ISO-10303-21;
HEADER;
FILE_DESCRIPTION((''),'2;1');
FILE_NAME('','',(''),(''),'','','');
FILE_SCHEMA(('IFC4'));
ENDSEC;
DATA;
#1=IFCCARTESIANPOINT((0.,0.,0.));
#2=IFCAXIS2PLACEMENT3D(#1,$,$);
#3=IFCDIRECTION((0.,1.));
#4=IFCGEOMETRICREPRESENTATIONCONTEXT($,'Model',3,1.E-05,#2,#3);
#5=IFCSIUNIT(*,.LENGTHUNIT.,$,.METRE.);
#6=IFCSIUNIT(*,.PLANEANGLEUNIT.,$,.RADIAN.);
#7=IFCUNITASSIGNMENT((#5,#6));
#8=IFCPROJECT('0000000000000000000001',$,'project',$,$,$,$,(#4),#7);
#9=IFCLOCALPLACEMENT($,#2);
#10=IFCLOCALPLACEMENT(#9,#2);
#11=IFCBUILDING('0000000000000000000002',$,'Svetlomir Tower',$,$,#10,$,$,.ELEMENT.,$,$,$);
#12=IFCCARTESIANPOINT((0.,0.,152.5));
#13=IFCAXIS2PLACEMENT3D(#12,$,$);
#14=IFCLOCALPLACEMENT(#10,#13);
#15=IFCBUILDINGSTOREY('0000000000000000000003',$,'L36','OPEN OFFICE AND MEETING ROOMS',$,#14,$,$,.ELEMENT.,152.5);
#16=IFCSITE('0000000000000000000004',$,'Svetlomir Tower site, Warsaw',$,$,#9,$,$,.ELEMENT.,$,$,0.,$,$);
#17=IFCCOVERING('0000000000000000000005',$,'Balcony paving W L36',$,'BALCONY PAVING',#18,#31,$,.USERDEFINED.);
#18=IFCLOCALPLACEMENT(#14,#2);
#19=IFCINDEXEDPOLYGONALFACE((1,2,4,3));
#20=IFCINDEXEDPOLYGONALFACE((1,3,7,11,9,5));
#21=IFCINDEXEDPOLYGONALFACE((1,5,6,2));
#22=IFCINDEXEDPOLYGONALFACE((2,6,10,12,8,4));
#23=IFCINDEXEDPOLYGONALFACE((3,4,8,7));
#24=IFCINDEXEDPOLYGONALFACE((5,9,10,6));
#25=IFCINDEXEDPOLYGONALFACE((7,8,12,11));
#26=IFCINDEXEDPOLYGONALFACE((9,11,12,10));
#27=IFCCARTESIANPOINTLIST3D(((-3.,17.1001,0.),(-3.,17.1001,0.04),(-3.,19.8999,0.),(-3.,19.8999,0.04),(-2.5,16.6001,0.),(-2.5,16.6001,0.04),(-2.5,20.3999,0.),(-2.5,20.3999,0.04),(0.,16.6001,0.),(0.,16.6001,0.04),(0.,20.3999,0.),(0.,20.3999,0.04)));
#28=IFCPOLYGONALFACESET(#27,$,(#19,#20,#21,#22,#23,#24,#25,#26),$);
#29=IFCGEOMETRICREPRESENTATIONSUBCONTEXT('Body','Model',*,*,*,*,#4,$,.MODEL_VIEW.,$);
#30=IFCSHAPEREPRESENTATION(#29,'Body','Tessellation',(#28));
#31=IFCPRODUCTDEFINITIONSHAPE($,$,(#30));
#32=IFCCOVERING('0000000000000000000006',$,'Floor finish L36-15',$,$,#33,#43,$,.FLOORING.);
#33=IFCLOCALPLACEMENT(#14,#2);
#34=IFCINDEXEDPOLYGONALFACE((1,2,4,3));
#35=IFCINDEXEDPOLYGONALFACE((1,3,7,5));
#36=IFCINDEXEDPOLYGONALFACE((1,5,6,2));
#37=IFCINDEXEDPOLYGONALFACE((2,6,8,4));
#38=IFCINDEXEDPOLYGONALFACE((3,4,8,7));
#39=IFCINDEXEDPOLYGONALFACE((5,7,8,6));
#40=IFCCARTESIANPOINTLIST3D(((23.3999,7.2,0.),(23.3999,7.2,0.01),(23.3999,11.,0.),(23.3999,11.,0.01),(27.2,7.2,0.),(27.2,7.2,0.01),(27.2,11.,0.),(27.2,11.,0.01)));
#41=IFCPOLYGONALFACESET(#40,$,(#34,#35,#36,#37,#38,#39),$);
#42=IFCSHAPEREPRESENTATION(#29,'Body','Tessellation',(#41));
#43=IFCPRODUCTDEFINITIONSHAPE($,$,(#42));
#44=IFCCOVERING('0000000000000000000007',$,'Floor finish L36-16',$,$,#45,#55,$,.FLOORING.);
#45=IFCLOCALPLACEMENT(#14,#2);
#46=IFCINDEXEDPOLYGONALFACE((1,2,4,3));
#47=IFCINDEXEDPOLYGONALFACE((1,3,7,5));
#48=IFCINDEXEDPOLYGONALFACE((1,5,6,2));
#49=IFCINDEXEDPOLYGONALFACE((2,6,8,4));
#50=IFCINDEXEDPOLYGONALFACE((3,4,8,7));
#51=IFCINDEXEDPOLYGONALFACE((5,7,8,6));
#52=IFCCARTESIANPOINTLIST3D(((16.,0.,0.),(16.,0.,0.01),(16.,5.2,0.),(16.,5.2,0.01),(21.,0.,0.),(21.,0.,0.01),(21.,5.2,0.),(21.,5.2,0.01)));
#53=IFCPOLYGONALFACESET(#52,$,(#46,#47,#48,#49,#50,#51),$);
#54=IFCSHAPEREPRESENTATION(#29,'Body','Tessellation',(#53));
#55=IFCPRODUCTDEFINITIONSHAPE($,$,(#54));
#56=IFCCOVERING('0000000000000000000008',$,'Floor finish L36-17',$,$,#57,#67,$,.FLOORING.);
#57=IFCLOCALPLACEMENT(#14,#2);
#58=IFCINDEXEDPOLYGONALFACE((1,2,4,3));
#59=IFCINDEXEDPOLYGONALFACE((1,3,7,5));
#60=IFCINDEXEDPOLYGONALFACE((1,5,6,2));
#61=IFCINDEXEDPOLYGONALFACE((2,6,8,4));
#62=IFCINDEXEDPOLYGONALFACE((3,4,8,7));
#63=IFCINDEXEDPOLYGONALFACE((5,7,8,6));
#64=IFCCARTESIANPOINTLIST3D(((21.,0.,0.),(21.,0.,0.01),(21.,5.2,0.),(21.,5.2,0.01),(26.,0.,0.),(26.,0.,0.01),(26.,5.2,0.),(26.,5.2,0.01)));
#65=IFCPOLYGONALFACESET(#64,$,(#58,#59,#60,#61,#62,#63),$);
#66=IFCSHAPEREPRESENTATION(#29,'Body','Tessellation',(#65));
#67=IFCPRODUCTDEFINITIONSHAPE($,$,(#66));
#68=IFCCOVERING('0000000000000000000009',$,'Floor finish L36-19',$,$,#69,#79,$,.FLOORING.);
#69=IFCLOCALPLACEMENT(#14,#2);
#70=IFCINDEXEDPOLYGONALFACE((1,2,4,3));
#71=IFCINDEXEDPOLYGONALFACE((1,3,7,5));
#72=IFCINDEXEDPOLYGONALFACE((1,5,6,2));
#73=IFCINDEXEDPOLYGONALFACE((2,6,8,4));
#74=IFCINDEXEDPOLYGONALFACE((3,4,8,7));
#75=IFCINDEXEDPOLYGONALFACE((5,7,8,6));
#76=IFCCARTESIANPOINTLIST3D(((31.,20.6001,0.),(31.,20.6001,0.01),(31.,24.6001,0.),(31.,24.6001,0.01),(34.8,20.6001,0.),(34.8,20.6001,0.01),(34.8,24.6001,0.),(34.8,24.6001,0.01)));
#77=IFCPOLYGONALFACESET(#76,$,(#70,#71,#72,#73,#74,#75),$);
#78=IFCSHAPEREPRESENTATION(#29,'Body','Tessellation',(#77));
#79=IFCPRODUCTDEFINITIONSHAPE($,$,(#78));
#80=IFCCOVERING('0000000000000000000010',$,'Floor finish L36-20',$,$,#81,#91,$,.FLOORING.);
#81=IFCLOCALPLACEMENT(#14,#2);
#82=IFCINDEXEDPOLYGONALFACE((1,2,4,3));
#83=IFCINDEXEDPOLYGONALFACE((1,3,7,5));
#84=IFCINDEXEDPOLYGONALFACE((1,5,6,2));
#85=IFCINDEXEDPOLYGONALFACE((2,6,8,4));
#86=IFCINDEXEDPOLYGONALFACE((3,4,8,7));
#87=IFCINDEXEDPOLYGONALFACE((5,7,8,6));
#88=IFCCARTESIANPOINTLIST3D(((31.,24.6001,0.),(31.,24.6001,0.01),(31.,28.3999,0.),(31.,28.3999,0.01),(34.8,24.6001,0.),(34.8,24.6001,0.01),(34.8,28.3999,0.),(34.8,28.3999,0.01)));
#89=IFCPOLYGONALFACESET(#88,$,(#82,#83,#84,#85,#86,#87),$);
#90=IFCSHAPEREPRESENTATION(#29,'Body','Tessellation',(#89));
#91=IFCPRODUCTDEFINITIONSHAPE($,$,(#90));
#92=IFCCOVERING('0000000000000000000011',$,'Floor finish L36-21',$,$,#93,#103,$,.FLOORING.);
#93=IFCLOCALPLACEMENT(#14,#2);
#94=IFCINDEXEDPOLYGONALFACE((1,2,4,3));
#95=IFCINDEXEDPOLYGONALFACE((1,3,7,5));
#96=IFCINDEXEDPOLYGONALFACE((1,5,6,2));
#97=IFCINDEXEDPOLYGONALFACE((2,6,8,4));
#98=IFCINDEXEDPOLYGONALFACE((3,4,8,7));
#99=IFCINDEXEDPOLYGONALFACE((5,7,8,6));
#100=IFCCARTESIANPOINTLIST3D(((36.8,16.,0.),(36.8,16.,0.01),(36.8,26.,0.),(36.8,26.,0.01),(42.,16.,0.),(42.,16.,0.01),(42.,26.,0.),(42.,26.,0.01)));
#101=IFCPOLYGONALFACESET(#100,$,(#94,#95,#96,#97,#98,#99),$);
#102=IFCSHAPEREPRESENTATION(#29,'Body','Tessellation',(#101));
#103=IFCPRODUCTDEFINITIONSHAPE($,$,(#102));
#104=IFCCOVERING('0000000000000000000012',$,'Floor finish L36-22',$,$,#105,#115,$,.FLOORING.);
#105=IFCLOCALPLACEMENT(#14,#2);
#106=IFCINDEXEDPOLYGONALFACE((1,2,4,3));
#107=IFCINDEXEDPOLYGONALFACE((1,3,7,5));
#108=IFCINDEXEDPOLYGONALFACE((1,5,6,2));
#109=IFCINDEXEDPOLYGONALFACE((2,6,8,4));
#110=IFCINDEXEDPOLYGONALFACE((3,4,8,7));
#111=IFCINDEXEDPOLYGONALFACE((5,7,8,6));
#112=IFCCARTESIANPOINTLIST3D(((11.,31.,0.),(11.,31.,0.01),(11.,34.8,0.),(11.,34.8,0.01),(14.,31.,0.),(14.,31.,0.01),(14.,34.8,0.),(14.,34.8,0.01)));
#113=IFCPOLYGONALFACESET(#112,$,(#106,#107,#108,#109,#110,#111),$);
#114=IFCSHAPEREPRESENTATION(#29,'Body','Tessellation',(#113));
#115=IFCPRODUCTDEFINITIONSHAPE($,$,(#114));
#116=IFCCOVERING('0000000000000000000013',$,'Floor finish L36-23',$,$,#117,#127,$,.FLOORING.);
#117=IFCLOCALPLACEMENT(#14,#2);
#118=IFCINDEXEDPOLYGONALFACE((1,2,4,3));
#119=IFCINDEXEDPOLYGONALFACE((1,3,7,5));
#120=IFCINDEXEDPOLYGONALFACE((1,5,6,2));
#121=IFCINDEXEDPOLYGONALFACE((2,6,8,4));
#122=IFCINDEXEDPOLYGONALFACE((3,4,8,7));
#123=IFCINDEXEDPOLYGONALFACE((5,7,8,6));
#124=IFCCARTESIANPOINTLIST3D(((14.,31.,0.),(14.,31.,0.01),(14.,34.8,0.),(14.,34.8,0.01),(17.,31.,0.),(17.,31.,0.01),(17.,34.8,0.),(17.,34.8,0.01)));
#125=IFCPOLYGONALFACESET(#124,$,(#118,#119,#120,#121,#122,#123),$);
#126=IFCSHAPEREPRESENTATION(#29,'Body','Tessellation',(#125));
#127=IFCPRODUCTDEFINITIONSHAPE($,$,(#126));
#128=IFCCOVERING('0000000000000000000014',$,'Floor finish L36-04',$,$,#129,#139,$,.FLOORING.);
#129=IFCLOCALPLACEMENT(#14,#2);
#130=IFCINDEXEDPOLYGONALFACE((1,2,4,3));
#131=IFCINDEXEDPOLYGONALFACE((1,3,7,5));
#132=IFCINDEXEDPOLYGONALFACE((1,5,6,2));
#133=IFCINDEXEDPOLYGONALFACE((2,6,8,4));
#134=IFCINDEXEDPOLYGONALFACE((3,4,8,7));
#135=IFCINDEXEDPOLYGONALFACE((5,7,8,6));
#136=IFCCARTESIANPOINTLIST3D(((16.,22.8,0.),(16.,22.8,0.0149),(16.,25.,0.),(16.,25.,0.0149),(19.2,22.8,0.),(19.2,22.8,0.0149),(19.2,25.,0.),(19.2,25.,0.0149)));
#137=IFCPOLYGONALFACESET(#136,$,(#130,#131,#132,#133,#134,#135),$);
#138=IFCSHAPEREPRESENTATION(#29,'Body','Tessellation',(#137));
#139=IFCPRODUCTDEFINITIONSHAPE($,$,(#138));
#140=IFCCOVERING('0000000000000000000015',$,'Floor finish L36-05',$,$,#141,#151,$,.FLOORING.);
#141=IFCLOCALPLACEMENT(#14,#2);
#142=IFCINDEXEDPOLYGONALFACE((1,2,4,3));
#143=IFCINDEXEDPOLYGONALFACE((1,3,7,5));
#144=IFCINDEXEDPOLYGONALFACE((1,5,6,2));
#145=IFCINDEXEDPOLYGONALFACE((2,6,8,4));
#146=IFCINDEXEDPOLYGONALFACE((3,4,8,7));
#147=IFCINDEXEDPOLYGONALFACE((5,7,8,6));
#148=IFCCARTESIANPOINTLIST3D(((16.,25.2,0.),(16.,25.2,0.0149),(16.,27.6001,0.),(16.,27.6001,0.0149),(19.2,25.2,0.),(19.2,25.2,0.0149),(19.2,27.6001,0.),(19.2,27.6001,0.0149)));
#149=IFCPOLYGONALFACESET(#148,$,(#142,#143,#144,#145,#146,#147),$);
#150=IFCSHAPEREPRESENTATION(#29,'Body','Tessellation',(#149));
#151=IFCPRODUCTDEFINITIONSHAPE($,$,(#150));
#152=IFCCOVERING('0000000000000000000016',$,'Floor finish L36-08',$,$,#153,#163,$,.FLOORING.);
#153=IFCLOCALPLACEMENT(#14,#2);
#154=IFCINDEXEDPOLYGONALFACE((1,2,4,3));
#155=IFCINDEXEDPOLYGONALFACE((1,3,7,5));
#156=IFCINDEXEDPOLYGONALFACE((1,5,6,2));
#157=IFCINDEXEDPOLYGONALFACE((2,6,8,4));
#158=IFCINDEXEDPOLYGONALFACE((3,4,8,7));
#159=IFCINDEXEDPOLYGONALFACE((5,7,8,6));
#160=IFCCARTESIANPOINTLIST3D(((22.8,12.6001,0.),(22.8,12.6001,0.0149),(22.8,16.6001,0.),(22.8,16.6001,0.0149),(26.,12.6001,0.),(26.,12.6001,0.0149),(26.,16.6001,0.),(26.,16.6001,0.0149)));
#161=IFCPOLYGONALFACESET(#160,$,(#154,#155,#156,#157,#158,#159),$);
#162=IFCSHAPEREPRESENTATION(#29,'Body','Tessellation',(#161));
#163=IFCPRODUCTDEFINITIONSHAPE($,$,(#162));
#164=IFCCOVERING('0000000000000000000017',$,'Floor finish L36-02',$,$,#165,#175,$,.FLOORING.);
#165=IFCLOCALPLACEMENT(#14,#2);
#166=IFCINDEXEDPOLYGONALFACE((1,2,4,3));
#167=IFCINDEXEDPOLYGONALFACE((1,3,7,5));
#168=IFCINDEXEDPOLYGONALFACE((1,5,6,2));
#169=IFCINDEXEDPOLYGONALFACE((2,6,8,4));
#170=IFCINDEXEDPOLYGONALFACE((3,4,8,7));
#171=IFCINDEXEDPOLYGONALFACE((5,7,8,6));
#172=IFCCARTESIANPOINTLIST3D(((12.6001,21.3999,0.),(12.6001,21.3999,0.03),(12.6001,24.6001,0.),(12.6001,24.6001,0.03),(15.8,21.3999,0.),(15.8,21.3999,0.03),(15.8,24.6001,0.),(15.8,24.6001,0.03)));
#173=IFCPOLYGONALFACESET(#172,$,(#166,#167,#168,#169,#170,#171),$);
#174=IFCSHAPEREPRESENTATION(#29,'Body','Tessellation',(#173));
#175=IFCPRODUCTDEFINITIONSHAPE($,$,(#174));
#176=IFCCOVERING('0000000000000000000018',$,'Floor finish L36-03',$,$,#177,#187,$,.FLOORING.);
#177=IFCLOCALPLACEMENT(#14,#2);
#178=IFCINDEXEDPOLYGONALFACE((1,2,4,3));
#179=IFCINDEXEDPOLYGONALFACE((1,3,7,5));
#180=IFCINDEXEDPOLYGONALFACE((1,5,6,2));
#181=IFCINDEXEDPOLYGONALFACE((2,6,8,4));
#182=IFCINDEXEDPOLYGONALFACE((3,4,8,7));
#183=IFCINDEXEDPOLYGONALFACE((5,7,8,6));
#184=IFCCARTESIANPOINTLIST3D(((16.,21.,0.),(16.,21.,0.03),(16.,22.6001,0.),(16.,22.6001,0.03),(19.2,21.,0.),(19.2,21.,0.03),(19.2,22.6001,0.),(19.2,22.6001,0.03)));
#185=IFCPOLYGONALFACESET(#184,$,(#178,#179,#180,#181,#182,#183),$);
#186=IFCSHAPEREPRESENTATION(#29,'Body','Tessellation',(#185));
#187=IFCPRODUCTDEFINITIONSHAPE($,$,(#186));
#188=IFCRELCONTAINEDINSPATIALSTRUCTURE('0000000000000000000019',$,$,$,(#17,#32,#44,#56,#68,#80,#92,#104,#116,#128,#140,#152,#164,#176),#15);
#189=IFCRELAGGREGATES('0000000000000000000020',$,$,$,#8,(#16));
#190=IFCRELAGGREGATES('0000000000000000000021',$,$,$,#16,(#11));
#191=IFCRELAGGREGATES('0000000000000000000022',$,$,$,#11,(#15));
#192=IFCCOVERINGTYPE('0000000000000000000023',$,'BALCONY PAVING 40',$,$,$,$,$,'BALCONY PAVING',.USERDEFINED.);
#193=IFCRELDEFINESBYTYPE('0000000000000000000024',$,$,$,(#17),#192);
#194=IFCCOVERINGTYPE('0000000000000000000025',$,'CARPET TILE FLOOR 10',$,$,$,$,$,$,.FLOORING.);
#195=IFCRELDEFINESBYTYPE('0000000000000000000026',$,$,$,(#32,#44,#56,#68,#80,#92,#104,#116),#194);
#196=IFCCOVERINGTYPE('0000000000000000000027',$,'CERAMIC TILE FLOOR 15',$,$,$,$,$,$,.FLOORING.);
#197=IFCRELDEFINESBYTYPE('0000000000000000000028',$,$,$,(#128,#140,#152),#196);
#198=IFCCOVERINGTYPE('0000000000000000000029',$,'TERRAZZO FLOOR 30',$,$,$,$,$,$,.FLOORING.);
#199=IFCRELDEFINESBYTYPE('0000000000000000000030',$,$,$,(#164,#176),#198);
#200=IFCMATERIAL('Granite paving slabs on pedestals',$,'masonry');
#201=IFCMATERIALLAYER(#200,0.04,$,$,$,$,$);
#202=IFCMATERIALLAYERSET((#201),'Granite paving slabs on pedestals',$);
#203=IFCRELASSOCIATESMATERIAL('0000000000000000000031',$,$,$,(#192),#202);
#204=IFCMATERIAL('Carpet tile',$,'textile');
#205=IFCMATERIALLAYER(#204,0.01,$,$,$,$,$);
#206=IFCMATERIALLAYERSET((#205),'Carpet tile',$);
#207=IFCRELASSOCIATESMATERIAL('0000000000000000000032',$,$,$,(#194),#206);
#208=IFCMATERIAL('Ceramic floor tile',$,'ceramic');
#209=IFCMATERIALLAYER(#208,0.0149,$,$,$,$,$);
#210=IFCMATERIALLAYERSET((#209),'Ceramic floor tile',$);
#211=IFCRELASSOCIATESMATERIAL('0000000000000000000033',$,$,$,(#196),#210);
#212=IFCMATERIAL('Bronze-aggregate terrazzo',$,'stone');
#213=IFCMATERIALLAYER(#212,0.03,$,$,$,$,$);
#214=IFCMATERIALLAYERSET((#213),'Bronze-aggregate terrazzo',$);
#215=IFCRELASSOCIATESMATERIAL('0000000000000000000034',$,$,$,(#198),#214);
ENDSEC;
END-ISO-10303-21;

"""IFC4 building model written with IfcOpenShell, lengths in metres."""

from ifc_helpers import new_model, si_unit, direction, frame, origin, place, context, subcontext, project, spatial, polyline, outline, extrude, material, layer, layer_set, type_object, element, save


model = new_model("IFC4")

# Units and contexts
model_context = context("Model", 3, precision=1e-05, world=origin(), true_north=direction((0.0, 1.0)))
body_context = subcontext(model_context, "Body", "Model", "MODEL_VIEW")
ifc_project = project(units=[si_unit("LENGTHUNIT", "METRE"), si_unit("PLANEANGLEUNIT", "RADIAN")], contexts=[model_context])

# Site, building, storey
site_placement = place(None, origin())
site = spatial("IfcSite", under=ifc_project, at=site_placement, Name="Svetlomir Tower site, Warsaw", CompositionType="ELEMENT", RefElevation=0.0)
building_placement = place(site_placement, origin())
building = spatial("IfcBuilding", under=site, at=building_placement, Name="Svetlomir Tower", CompositionType="ELEMENT")
storey_placement = place(building_placement, frame((0.0, 0.0, 152.5)))
storey = spatial("IfcBuildingStorey", under=building, at=storey_placement, Name="L36", Description="OPEN OFFICE AND MEETING ROOMS", CompositionType="ELEMENT", Elevation=152.5)

# Coverings
ifc_material_1 = material(Name="Granite paving slabs on pedestals", Category="masonry")
ifc_layer_1 = layer(ifc_material_1, 0.04)
ifc_layer_set_1 = layer_set([ifc_layer_1], Name="Granite paving slabs on pedestals")
covering_type_1 = type_object("IfcCoveringType", Name="BALCONY PAVING 40", ElementType="BALCONY PAVING", PredefinedType="USERDEFINED", material=ifc_layer_set_1)
covering_1_placement = place(storey_placement, origin())
element("IfcCovering", 1, at=covering_1_placement, inside=storey, type_object=covering_type_1, Name="Balcony paving W L36", ObjectType="BALCONY PAVING", PredefinedType="USERDEFINED", context=body_context, shape_type="SweptSolid", body=[
    extrude(outline(polyline([(-2.5, 16.6001), (0.0, 16.6001), (0.0, 20.3999), (-2.5, 20.3999), (-3.0, 19.8999), (-3.0, 17.1001), (-2.5, 16.6001)])), origin(), (0.0, 0.0, 1.0), 0.04),
])
ifc_material_2 = material(Name="Carpet tile", Category="textile")
ifc_layer_2 = layer(ifc_material_2, 0.01)
ifc_layer_set_2 = layer_set([ifc_layer_2], Name="Carpet tile")
covering_type_2 = type_object("IfcCoveringType", Name="CARPET TILE FLOOR 10", PredefinedType="FLOORING", material=ifc_layer_set_2)
covering_2_placement = place(storey_placement, origin())
element("IfcCovering", 2, at=covering_2_placement, inside=storey, type_object=covering_type_2, Name="Floor finish L36-15", PredefinedType="FLOORING", context=body_context, shape_type="SweptSolid", body=[
    extrude(outline(polyline([(23.3999, 7.2), (27.2, 7.2), (27.2, 11.0), (23.3999, 11.0), (23.3999, 7.2)])), origin(), (0.0, 0.0, 1.0), 0.01),
])
covering_3_placement = place(storey_placement, origin())
element("IfcCovering", 3, at=covering_3_placement, inside=storey, type_object=covering_type_2, Name="Floor finish L36-16", PredefinedType="FLOORING", context=body_context, shape_type="SweptSolid", body=[
    extrude(outline(polyline([(16.0, 0.0), (21.0, 0.0), (21.0, 5.2), (16.0, 5.2), (16.0, 0.0)])), origin(), (0.0, 0.0, 1.0), 0.01),
])
covering_4_placement = place(storey_placement, origin())
element("IfcCovering", 4, at=covering_4_placement, inside=storey, type_object=covering_type_2, Name="Floor finish L36-17", PredefinedType="FLOORING", context=body_context, shape_type="SweptSolid", body=[
    extrude(outline(polyline([(21.0, 0.0), (26.0, 0.0), (26.0, 5.2), (21.0, 5.2), (21.0, 0.0)])), origin(), (0.0, 0.0, 1.0), 0.01),
])
covering_5_placement = place(storey_placement, origin())
element("IfcCovering", 5, at=covering_5_placement, inside=storey, type_object=covering_type_2, Name="Floor finish L36-19", PredefinedType="FLOORING", context=body_context, shape_type="SweptSolid", body=[
    extrude(outline(polyline([(31.0, 20.6001), (34.8, 20.6001), (34.8, 24.6001), (31.0, 24.6001), (31.0, 20.6001)])), origin(), (0.0, 0.0, 1.0), 0.01),
])
covering_6_placement = place(storey_placement, origin())
element("IfcCovering", 6, at=covering_6_placement, inside=storey, type_object=covering_type_2, Name="Floor finish L36-20", PredefinedType="FLOORING", context=body_context, shape_type="SweptSolid", body=[
    extrude(outline(polyline([(31.0, 24.6001), (34.8, 24.6001), (34.8, 28.3999), (31.0, 28.3999), (31.0, 24.6001)])), origin(), (0.0, 0.0, 1.0), 0.01),
])
covering_7_placement = place(storey_placement, origin())
element("IfcCovering", 7, at=covering_7_placement, inside=storey, type_object=covering_type_2, Name="Floor finish L36-21", PredefinedType="FLOORING", context=body_context, shape_type="SweptSolid", body=[
    extrude(outline(polyline([(36.8, 16.0), (42.0, 16.0), (42.0, 26.0), (36.8, 26.0), (36.8, 16.0)])), origin(), (0.0, 0.0, 1.0), 0.01),
])
covering_8_placement = place(storey_placement, origin())
element("IfcCovering", 8, at=covering_8_placement, inside=storey, type_object=covering_type_2, Name="Floor finish L36-22", PredefinedType="FLOORING", context=body_context, shape_type="SweptSolid", body=[
    extrude(outline(polyline([(11.0, 31.0), (14.0, 31.0), (14.0, 34.8), (11.0, 34.8), (11.0, 31.0)])), origin(), (0.0, 0.0, 1.0), 0.01),
])
covering_9_placement = place(storey_placement, origin())
element("IfcCovering", 9, at=covering_9_placement, inside=storey, type_object=covering_type_2, Name="Floor finish L36-23", PredefinedType="FLOORING", context=body_context, shape_type="SweptSolid", body=[
    extrude(outline(polyline([(14.0, 31.0), (17.0, 31.0), (17.0, 34.8), (14.0, 34.8), (14.0, 31.0)])), origin(), (0.0, 0.0, 1.0), 0.01),
])
ifc_material_3 = material(Name="Ceramic floor tile", Category="ceramic")
ifc_layer_3 = layer(ifc_material_3, 0.0149)
ifc_layer_set_3 = layer_set([ifc_layer_3], Name="Ceramic floor tile")
covering_type_3 = type_object("IfcCoveringType", Name="CERAMIC TILE FLOOR 15", PredefinedType="FLOORING", material=ifc_layer_set_3)
covering_10_placement = place(storey_placement, origin())
element("IfcCovering", 10, at=covering_10_placement, inside=storey, type_object=covering_type_3, Name="Floor finish L36-04", PredefinedType="FLOORING", context=body_context, shape_type="SweptSolid", body=[
    extrude(outline(polyline([(16.0, 22.8), (19.2, 22.8), (19.2, 25.0), (16.0, 25.0), (16.0, 22.8)])), origin(), (0.0, 0.0, 1.0), 0.0149),
])
covering_11_placement = place(storey_placement, origin())
element("IfcCovering", 11, at=covering_11_placement, inside=storey, type_object=covering_type_3, Name="Floor finish L36-05", PredefinedType="FLOORING", context=body_context, shape_type="SweptSolid", body=[
    extrude(outline(polyline([(16.0, 25.2), (19.2, 25.2), (19.2, 27.6001), (16.0, 27.6001), (16.0, 25.2)])), origin(), (0.0, 0.0, 1.0), 0.0149),
])
covering_12_placement = place(storey_placement, origin())
element("IfcCovering", 12, at=covering_12_placement, inside=storey, type_object=covering_type_3, Name="Floor finish L36-08", PredefinedType="FLOORING", context=body_context, shape_type="SweptSolid", body=[
    extrude(outline(polyline([(22.8, 12.6001), (26.0, 12.6001), (26.0, 16.6001), (22.8, 16.6001), (22.8, 12.6001)])), origin(), (0.0, 0.0, 1.0), 0.0149),
])
ifc_material_4 = material(Name="Bronze-aggregate terrazzo", Category="stone")
ifc_layer_4 = layer(ifc_material_4, 0.03)
ifc_layer_set_4 = layer_set([ifc_layer_4], Name="Bronze-aggregate terrazzo")
covering_type_4 = type_object("IfcCoveringType", Name="TERRAZZO FLOOR 30", PredefinedType="FLOORING", material=ifc_layer_set_4)
covering_13_placement = place(storey_placement, origin())
element("IfcCovering", 13, at=covering_13_placement, inside=storey, type_object=covering_type_4, Name="Floor finish L36-02", PredefinedType="FLOORING", context=body_context, shape_type="SweptSolid", body=[
    extrude(outline(polyline([(12.6001, 21.3999), (15.8, 21.3999), (15.8, 24.6001), (12.6001, 24.6001), (12.6001, 21.3999)])), origin(), (0.0, 0.0, 1.0), 0.03),
])
covering_14_placement = place(storey_placement, origin())
element("IfcCovering", 14, at=covering_14_placement, inside=storey, type_object=covering_type_4, Name="Floor finish L36-03", PredefinedType="FLOORING", context=body_context, shape_type="SweptSolid", body=[
    extrude(outline(polyline([(16.0, 21.0), (19.2, 21.0), (19.2, 22.6001), (16.0, 22.6001), (16.0, 21.0)])), origin(), (0.0, 0.0, 1.0), 0.03),
])

save(model, "model.ifc")
